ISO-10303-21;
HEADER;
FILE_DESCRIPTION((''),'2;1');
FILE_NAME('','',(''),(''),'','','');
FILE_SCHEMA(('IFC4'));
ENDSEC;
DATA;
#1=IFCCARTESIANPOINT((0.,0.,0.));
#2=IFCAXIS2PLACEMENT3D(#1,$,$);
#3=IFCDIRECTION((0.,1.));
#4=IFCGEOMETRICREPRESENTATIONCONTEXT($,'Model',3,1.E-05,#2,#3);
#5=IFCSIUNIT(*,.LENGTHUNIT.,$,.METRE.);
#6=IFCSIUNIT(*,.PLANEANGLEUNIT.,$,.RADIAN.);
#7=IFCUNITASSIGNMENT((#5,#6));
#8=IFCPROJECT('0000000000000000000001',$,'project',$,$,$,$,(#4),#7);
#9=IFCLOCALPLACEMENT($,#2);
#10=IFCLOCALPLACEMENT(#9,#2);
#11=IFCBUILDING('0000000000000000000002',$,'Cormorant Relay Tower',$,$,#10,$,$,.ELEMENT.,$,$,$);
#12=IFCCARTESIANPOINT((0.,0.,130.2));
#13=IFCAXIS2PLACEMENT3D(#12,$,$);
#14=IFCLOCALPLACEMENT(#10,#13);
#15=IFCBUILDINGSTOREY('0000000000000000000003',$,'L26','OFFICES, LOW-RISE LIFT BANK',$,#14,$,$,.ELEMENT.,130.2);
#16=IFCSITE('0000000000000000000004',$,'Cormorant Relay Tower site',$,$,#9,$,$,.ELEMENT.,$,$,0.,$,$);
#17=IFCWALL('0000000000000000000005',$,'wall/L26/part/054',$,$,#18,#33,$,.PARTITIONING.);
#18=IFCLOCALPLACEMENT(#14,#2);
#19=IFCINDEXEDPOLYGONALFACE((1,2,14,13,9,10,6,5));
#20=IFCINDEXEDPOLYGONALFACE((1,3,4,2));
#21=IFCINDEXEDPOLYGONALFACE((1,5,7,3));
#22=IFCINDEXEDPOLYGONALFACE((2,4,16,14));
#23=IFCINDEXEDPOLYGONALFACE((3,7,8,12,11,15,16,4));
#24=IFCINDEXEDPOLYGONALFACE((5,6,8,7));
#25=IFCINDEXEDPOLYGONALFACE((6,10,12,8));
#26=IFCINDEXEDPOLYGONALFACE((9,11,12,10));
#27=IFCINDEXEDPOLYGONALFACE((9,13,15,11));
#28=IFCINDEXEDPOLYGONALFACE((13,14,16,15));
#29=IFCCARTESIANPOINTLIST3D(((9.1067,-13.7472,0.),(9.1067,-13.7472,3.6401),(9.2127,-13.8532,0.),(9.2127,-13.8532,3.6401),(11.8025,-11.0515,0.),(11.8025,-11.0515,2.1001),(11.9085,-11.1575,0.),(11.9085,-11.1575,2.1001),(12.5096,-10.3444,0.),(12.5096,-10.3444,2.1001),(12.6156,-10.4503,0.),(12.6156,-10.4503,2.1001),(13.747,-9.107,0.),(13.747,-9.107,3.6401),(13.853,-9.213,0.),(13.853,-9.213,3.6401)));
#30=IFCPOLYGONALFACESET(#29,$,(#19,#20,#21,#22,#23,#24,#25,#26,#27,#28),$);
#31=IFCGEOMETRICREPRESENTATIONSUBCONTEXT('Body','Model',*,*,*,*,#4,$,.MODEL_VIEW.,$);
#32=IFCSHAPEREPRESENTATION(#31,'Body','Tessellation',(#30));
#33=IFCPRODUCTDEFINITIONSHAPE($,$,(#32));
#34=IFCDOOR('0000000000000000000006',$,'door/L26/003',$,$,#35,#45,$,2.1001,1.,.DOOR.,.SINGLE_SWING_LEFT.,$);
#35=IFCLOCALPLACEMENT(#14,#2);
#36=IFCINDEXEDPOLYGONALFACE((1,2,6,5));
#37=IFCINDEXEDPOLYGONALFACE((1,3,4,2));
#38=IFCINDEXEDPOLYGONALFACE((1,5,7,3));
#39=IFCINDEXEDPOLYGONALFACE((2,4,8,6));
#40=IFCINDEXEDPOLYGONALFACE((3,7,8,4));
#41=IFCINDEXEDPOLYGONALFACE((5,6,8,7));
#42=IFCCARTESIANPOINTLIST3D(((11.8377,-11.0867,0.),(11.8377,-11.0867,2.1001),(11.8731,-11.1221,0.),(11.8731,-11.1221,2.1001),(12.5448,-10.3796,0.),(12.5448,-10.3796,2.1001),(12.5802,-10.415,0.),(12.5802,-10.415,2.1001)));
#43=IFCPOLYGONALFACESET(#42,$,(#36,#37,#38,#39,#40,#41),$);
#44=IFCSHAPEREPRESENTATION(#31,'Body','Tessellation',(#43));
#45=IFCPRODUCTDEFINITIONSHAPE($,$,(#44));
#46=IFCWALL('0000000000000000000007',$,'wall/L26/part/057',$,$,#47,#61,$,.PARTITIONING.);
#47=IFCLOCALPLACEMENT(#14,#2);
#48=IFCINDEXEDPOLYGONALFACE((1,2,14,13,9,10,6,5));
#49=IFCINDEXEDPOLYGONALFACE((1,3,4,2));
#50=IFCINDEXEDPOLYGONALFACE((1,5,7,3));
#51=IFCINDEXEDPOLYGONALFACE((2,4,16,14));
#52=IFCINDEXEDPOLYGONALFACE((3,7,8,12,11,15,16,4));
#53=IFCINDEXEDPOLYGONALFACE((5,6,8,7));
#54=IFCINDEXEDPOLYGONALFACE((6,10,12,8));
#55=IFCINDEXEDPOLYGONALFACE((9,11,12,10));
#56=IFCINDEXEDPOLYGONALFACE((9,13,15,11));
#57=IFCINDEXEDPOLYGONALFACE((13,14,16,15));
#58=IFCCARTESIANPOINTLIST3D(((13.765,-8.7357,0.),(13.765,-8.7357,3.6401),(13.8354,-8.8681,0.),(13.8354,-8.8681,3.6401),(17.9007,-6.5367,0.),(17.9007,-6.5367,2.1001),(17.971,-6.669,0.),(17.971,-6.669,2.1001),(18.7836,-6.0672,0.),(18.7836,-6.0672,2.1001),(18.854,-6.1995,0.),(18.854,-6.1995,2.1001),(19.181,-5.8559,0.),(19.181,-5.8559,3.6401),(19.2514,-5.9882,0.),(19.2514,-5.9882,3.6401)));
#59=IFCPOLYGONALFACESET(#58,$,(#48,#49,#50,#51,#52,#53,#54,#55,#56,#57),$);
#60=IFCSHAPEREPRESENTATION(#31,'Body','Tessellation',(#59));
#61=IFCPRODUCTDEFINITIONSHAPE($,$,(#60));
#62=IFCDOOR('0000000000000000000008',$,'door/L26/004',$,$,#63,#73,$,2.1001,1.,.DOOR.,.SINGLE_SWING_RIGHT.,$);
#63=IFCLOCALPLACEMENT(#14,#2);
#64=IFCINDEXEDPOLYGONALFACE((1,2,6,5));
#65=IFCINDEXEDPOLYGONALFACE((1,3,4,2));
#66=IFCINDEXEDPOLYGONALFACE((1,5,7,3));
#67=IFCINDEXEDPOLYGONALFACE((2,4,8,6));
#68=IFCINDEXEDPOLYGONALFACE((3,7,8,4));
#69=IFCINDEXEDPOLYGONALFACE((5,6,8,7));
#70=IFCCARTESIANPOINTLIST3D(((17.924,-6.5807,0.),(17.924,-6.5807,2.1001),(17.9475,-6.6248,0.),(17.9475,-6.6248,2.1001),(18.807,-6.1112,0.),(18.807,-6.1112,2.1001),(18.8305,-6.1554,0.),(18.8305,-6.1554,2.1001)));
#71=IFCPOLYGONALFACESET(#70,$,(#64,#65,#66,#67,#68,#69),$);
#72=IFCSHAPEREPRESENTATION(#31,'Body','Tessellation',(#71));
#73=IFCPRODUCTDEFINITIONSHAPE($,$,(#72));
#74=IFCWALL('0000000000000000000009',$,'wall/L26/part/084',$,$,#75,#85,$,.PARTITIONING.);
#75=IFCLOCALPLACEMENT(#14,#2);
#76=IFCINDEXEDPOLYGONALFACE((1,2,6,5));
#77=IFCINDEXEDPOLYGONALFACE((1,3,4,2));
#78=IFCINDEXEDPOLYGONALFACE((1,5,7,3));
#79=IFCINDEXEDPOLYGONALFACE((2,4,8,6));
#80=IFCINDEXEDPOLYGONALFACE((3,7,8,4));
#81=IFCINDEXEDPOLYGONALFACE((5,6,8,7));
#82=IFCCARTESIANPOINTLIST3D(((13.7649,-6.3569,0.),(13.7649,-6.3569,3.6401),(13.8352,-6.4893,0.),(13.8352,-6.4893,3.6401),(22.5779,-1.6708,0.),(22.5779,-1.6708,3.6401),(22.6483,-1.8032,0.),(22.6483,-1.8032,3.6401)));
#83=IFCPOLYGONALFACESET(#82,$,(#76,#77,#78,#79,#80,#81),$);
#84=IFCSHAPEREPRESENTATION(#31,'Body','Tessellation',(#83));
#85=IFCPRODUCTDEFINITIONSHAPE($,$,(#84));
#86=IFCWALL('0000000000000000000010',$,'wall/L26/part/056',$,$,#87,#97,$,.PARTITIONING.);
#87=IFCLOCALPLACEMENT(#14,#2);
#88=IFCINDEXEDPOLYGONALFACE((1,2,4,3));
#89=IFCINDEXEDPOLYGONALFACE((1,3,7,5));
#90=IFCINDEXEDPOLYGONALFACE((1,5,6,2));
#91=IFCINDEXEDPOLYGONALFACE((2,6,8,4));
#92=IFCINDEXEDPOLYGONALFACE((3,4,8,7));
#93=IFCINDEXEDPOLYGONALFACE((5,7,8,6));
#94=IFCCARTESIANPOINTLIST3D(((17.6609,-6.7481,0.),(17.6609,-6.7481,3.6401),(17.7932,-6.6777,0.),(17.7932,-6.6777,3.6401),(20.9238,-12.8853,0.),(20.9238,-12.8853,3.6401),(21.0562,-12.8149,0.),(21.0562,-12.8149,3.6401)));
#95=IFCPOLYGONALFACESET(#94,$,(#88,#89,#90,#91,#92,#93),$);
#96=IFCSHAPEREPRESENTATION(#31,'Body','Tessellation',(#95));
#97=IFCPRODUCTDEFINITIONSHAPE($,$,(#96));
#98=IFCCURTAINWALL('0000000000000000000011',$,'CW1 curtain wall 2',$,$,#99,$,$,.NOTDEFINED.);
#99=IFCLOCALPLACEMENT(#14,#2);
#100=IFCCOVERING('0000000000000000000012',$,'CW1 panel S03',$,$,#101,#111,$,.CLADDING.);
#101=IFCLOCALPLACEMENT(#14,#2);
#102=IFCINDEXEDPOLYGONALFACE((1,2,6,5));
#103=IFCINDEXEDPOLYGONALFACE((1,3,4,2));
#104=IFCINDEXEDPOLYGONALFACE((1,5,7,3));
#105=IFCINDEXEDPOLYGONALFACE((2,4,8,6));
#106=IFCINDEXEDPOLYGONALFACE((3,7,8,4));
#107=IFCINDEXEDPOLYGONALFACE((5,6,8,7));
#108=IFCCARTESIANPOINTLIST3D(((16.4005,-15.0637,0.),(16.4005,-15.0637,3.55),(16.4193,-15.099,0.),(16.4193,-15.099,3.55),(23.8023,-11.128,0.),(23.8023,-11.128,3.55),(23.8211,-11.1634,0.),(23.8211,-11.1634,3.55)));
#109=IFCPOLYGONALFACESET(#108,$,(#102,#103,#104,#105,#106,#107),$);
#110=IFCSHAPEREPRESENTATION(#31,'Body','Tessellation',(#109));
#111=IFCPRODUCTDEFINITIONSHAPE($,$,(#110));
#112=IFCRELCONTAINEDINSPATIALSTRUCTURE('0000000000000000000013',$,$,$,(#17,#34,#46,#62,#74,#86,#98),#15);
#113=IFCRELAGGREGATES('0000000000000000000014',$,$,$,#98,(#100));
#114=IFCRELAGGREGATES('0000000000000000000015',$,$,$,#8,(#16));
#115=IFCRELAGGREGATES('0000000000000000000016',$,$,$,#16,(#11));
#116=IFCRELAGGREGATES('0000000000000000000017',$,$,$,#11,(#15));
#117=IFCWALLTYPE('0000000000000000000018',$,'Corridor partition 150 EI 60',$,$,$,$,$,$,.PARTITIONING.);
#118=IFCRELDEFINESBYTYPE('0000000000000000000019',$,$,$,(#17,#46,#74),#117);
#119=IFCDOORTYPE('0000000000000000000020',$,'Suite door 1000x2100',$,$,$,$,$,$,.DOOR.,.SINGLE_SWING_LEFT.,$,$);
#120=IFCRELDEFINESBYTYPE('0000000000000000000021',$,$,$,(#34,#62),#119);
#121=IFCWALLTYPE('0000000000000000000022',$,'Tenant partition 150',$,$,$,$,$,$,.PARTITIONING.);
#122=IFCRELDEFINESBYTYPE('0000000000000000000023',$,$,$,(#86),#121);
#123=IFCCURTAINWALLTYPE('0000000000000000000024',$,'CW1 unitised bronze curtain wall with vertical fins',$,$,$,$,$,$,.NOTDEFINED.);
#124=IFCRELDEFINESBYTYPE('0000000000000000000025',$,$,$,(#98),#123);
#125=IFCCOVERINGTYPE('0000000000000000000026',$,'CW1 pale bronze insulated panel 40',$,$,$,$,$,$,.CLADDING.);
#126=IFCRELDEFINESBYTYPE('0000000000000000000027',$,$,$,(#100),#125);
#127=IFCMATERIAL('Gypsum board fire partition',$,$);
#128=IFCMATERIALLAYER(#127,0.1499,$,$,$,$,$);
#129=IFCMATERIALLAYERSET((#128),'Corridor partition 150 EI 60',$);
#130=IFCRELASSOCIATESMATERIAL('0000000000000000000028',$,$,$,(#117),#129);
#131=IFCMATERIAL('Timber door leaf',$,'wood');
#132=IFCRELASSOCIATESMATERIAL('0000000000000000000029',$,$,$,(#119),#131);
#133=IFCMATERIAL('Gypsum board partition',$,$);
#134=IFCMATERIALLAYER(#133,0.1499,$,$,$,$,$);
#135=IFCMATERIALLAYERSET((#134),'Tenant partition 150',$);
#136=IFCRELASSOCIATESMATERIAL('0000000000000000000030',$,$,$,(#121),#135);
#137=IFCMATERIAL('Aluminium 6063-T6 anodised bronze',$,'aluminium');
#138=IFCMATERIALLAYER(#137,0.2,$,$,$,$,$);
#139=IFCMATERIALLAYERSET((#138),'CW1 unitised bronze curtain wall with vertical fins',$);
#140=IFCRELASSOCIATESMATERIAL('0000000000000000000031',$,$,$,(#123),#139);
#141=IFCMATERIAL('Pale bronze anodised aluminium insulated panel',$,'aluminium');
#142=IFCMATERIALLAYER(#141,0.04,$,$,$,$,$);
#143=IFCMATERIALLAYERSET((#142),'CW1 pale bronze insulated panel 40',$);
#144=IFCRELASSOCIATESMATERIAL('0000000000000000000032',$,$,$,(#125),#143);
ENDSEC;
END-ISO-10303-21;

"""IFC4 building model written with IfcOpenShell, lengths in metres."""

from ifc_helpers import new_model, si_unit, direction, frame, frame_2d, origin, origin_2d, place, context, subcontext, project, spatial, rectangle, extrude, material, layer, layer_set, type_object, element, fill, aggregate, save


model = new_model("IFC4")

# Units and contexts
model_context = context("Model", 3, precision=1e-05, world=origin(), true_north=direction((0.0, 1.0)))
body_context = subcontext(model_context, "Body", "Model", "MODEL_VIEW")
ifc_project = project(units=[si_unit("LENGTHUNIT", "METRE"), si_unit("PLANEANGLEUNIT", "RADIAN")], contexts=[model_context])

# Site, building, storey
site_placement = place(None, origin())
site = spatial("IfcSite", under=ifc_project, at=site_placement, Name="Cormorant Relay Tower site", CompositionType="ELEMENT", RefElevation=0.0)
building_placement = place(site_placement, origin())
building = spatial("IfcBuilding", under=site, at=building_placement, Name="Cormorant Relay Tower", CompositionType="ELEMENT")
storey_placement = place(building_placement, frame((0.0, 0.0, 130.2)))
storey = spatial("IfcBuildingStorey", under=building, at=storey_placement, Name="L26", Description="OFFICES, LOW-RISE LIFT BANK", CompositionType="ELEMENT", Elevation=130.2)

# Walls, openings, doors
ifc_material_1 = material(Name="Gypsum board fire partition")
ifc_layer_1 = layer(ifc_material_1, 0.1499)
ifc_layer_set_1 = layer_set([ifc_layer_1], Name="Corridor partition 150 EI 60")
wall_type_1 = type_object("IfcWallType", Name="Corridor partition 150 EI 60", PredefinedType="PARTITIONING", material=ifc_layer_set_1)
wall_1_placement = place(storey_placement, frame((13.8, -9.1599, 0.0), z_axis=(0.0, 0.0, 1.0), x_axis=(-0.707107, -0.707107, 0.0)))
wall_1 = element("IfcWall", 1, at=wall_1_placement, inside=storey, type_object=wall_type_1, Name="wall/L26/part/054", PredefinedType="PARTITIONING", context=body_context, shape_type="SweptSolid", body=[
    extrude(rectangle(XDim=6.5623, YDim=0.1499, at=frame_2d((3.2812, 0.0))), origin(), (0.0, 0.0, 1.0), 3.6401),
])
opening_1_placement = place(wall_1_placement, frame((1.75, 0.0, 0.0)))
opening_1 = element("IfcOpeningElement", 2, at=opening_1_placement, cuts=wall_1, PredefinedType="OPENING", context=body_context, shape_type="SweptSolid", body=[
    extrude(rectangle(XDim=1.0, YDim=2.1001, at=frame_2d((0.5, 1.05))), frame((0.0, 0.085, 0.0), z_axis=(0.0, -1.0, 0.0), x_axis=(1.0, 0.0, 0.0)), (0.0, 0.0, 1.0), 0.1699),
])
ifc_material_2 = material(Name="Timber door leaf", Category="wood")
door_type_1 = type_object("IfcDoorType", Name="Suite door 1000x2100", OperationType="SINGLE_SWING_LEFT", PredefinedType="DOOR", material=ifc_material_2)
door_1_placement = place(opening_1_placement, origin())
door_1 = element("IfcDoor", 3, at=door_1_placement, inside=storey, type_object=door_type_1, Name="door/L26/003", OperationType="SINGLE_SWING_LEFT", OverallHeight=2.1001, OverallWidth=1.0, PredefinedType="DOOR", context=body_context, shape_type="SweptSolid", body=[
    extrude(rectangle(XDim=1.0, YDim=2.1001, at=frame_2d((0.5, 1.05))), frame((0.0, 0.0249, 0.0), z_axis=(0.0, -1.0, 0.0), x_axis=(1.0, 0.0, 0.0)), (0.0, 0.0, 1.0), 0.05),
])
fill(opening_1, door_1)
wall_2_placement = place(storey_placement, frame((19.2161, -5.9221, 0.0), z_axis=(0.0, 0.0, 1.0), x_axis=(-0.882938, -0.469489, 0.0)))
wall_2 = element("IfcWall", 4, at=wall_2_placement, inside=storey, type_object=wall_type_1, Name="wall/L26/part/057", PredefinedType="PARTITIONING", context=body_context, shape_type="SweptSolid", body=[
    extrude(rectangle(XDim=6.134, YDim=0.1499, at=frame_2d((3.0669, 0.0))), origin(), (0.0, 0.0, 1.0), 3.6401),
])
opening_2_placement = place(wall_2_placement, frame((0.45, 0.0, 0.0)))
opening_2 = element("IfcOpeningElement", 5, at=opening_2_placement, cuts=wall_2, PredefinedType="OPENING", context=body_context, shape_type="SweptSolid", body=[
    extrude(rectangle(XDim=1.0, YDim=2.1001, at=frame_2d((0.5, 1.05))), frame((0.0, 0.085, 0.0), z_axis=(0.0, -1.0, 0.0), x_axis=(1.0, 0.0, 0.0)), (0.0, 0.0, 1.0), 0.1699),
])
door_2_placement = place(opening_2_placement, origin())
door_2 = element("IfcDoor", 6, at=door_2_placement, inside=storey, type_object=door_type_1, Name="door/L26/004", OperationType="SINGLE_SWING_RIGHT", OverallHeight=2.1001, OverallWidth=1.0, PredefinedType="DOOR", context=body_context, shape_type="SweptSolid", body=[
    extrude(rectangle(XDim=1.0, YDim=2.1001, at=frame_2d((0.5, 1.05))), frame((0.0, 0.0249, 0.0), z_axis=(0.0, -1.0, 0.0), x_axis=(1.0, 0.0, 0.0)), (0.0, 0.0, 1.0), 0.05),
])
fill(opening_2, door_2)

# Walls
wall_3_placement = place(storey_placement, frame((13.8, -6.4231, 0.0), z_axis=(0.0, 0.0, 1.0), x_axis=(0.882944, 0.469478, 0.0)))
element("IfcWall", 7, at=wall_3_placement, inside=storey, type_object=wall_type_1, Name="wall/L26/part/084", PredefinedType="PARTITIONING", context=body_context, shape_type="SweptSolid", body=[
    extrude(rectangle(XDim=9.9814, YDim=0.1499, at=frame_2d((4.9907, 0.0))), origin(), (0.0, 0.0, 1.0), 3.6401),
])
ifc_material_3 = material(Name="Gypsum board partition")
ifc_layer_2 = layer(ifc_material_3, 0.1499)
ifc_layer_set_2 = layer_set([ifc_layer_2], Name="Tenant partition 150")
wall_type_2 = type_object("IfcWallType", Name="Tenant partition 150", PredefinedType="PARTITIONING", material=ifc_layer_set_2)
wall_4_placement = place(storey_placement, frame((17.7271, -6.7129, 0.0), z_axis=(0.0, 0.0, 1.0), x_axis=(0.469441, -0.882964, 0.0)))
element("IfcWall", 8, at=wall_4_placement, inside=storey, type_object=wall_type_2, Name="wall/L26/part/056", PredefinedType="PARTITIONING", context=body_context, shape_type="SweptSolid", body=[
    extrude(rectangle(XDim=6.9507, YDim=0.1499, at=frame_2d((3.4753, 0.0))), origin(), (0.0, 0.0, 1.0), 3.6401),
])

# Curtain wall, covering
ifc_material_4 = material(Name="Aluminium 6063-T6 anodised bronze", Category="aluminium")
ifc_layer_3 = layer(ifc_material_4, 0.2)
ifc_layer_set_3 = layer_set([ifc_layer_3], Name="CW1 unitised bronze curtain wall with vertical fins")
curtain_wall_type = type_object("IfcCurtainWallType", Name="CW1 unitised bronze curtain wall with vertical fins", PredefinedType="NOTDEFINED", material=ifc_layer_set_3)
curtain_wall_placement = place(storey_placement, origin())
curtain_wall = element("IfcCurtainWall", 9, at=curtain_wall_placement, inside=storey, type_object=curtain_wall_type, Name="CW1 curtain wall 2", PredefinedType="NOTDEFINED")
ifc_material_5 = material(Name="Pale bronze anodised aluminium insulated panel", Category="aluminium")
ifc_layer_4 = layer(ifc_material_5, 0.04)
ifc_layer_set_4 = layer_set([ifc_layer_4], Name="CW1 pale bronze insulated panel 40")
covering_type = type_object("IfcCoveringType", Name="CW1 pale bronze insulated panel 40", PredefinedType="CLADDING", material=ifc_layer_set_4)
covering_placement = place(storey_placement, frame((20.1108, -13.1135, 0.0), z_axis=(0.0, 0.0, 1.0), x_axis=(0.882948, 0.469472, 0.0)))
covering = element("IfcCovering", 10, at=covering_placement, type_object=covering_type, Name="CW1 panel S03", PredefinedType="CLADDING", context=body_context, shape_type="SweptSolid", body=[
    extrude(rectangle(XDim=8.3831, YDim=0.04, at=origin_2d()), origin(), (0.0, 0.0, 1.0), 3.55),
])
aggregate(curtain_wall, [covering])

save(model, "model.ifc")
